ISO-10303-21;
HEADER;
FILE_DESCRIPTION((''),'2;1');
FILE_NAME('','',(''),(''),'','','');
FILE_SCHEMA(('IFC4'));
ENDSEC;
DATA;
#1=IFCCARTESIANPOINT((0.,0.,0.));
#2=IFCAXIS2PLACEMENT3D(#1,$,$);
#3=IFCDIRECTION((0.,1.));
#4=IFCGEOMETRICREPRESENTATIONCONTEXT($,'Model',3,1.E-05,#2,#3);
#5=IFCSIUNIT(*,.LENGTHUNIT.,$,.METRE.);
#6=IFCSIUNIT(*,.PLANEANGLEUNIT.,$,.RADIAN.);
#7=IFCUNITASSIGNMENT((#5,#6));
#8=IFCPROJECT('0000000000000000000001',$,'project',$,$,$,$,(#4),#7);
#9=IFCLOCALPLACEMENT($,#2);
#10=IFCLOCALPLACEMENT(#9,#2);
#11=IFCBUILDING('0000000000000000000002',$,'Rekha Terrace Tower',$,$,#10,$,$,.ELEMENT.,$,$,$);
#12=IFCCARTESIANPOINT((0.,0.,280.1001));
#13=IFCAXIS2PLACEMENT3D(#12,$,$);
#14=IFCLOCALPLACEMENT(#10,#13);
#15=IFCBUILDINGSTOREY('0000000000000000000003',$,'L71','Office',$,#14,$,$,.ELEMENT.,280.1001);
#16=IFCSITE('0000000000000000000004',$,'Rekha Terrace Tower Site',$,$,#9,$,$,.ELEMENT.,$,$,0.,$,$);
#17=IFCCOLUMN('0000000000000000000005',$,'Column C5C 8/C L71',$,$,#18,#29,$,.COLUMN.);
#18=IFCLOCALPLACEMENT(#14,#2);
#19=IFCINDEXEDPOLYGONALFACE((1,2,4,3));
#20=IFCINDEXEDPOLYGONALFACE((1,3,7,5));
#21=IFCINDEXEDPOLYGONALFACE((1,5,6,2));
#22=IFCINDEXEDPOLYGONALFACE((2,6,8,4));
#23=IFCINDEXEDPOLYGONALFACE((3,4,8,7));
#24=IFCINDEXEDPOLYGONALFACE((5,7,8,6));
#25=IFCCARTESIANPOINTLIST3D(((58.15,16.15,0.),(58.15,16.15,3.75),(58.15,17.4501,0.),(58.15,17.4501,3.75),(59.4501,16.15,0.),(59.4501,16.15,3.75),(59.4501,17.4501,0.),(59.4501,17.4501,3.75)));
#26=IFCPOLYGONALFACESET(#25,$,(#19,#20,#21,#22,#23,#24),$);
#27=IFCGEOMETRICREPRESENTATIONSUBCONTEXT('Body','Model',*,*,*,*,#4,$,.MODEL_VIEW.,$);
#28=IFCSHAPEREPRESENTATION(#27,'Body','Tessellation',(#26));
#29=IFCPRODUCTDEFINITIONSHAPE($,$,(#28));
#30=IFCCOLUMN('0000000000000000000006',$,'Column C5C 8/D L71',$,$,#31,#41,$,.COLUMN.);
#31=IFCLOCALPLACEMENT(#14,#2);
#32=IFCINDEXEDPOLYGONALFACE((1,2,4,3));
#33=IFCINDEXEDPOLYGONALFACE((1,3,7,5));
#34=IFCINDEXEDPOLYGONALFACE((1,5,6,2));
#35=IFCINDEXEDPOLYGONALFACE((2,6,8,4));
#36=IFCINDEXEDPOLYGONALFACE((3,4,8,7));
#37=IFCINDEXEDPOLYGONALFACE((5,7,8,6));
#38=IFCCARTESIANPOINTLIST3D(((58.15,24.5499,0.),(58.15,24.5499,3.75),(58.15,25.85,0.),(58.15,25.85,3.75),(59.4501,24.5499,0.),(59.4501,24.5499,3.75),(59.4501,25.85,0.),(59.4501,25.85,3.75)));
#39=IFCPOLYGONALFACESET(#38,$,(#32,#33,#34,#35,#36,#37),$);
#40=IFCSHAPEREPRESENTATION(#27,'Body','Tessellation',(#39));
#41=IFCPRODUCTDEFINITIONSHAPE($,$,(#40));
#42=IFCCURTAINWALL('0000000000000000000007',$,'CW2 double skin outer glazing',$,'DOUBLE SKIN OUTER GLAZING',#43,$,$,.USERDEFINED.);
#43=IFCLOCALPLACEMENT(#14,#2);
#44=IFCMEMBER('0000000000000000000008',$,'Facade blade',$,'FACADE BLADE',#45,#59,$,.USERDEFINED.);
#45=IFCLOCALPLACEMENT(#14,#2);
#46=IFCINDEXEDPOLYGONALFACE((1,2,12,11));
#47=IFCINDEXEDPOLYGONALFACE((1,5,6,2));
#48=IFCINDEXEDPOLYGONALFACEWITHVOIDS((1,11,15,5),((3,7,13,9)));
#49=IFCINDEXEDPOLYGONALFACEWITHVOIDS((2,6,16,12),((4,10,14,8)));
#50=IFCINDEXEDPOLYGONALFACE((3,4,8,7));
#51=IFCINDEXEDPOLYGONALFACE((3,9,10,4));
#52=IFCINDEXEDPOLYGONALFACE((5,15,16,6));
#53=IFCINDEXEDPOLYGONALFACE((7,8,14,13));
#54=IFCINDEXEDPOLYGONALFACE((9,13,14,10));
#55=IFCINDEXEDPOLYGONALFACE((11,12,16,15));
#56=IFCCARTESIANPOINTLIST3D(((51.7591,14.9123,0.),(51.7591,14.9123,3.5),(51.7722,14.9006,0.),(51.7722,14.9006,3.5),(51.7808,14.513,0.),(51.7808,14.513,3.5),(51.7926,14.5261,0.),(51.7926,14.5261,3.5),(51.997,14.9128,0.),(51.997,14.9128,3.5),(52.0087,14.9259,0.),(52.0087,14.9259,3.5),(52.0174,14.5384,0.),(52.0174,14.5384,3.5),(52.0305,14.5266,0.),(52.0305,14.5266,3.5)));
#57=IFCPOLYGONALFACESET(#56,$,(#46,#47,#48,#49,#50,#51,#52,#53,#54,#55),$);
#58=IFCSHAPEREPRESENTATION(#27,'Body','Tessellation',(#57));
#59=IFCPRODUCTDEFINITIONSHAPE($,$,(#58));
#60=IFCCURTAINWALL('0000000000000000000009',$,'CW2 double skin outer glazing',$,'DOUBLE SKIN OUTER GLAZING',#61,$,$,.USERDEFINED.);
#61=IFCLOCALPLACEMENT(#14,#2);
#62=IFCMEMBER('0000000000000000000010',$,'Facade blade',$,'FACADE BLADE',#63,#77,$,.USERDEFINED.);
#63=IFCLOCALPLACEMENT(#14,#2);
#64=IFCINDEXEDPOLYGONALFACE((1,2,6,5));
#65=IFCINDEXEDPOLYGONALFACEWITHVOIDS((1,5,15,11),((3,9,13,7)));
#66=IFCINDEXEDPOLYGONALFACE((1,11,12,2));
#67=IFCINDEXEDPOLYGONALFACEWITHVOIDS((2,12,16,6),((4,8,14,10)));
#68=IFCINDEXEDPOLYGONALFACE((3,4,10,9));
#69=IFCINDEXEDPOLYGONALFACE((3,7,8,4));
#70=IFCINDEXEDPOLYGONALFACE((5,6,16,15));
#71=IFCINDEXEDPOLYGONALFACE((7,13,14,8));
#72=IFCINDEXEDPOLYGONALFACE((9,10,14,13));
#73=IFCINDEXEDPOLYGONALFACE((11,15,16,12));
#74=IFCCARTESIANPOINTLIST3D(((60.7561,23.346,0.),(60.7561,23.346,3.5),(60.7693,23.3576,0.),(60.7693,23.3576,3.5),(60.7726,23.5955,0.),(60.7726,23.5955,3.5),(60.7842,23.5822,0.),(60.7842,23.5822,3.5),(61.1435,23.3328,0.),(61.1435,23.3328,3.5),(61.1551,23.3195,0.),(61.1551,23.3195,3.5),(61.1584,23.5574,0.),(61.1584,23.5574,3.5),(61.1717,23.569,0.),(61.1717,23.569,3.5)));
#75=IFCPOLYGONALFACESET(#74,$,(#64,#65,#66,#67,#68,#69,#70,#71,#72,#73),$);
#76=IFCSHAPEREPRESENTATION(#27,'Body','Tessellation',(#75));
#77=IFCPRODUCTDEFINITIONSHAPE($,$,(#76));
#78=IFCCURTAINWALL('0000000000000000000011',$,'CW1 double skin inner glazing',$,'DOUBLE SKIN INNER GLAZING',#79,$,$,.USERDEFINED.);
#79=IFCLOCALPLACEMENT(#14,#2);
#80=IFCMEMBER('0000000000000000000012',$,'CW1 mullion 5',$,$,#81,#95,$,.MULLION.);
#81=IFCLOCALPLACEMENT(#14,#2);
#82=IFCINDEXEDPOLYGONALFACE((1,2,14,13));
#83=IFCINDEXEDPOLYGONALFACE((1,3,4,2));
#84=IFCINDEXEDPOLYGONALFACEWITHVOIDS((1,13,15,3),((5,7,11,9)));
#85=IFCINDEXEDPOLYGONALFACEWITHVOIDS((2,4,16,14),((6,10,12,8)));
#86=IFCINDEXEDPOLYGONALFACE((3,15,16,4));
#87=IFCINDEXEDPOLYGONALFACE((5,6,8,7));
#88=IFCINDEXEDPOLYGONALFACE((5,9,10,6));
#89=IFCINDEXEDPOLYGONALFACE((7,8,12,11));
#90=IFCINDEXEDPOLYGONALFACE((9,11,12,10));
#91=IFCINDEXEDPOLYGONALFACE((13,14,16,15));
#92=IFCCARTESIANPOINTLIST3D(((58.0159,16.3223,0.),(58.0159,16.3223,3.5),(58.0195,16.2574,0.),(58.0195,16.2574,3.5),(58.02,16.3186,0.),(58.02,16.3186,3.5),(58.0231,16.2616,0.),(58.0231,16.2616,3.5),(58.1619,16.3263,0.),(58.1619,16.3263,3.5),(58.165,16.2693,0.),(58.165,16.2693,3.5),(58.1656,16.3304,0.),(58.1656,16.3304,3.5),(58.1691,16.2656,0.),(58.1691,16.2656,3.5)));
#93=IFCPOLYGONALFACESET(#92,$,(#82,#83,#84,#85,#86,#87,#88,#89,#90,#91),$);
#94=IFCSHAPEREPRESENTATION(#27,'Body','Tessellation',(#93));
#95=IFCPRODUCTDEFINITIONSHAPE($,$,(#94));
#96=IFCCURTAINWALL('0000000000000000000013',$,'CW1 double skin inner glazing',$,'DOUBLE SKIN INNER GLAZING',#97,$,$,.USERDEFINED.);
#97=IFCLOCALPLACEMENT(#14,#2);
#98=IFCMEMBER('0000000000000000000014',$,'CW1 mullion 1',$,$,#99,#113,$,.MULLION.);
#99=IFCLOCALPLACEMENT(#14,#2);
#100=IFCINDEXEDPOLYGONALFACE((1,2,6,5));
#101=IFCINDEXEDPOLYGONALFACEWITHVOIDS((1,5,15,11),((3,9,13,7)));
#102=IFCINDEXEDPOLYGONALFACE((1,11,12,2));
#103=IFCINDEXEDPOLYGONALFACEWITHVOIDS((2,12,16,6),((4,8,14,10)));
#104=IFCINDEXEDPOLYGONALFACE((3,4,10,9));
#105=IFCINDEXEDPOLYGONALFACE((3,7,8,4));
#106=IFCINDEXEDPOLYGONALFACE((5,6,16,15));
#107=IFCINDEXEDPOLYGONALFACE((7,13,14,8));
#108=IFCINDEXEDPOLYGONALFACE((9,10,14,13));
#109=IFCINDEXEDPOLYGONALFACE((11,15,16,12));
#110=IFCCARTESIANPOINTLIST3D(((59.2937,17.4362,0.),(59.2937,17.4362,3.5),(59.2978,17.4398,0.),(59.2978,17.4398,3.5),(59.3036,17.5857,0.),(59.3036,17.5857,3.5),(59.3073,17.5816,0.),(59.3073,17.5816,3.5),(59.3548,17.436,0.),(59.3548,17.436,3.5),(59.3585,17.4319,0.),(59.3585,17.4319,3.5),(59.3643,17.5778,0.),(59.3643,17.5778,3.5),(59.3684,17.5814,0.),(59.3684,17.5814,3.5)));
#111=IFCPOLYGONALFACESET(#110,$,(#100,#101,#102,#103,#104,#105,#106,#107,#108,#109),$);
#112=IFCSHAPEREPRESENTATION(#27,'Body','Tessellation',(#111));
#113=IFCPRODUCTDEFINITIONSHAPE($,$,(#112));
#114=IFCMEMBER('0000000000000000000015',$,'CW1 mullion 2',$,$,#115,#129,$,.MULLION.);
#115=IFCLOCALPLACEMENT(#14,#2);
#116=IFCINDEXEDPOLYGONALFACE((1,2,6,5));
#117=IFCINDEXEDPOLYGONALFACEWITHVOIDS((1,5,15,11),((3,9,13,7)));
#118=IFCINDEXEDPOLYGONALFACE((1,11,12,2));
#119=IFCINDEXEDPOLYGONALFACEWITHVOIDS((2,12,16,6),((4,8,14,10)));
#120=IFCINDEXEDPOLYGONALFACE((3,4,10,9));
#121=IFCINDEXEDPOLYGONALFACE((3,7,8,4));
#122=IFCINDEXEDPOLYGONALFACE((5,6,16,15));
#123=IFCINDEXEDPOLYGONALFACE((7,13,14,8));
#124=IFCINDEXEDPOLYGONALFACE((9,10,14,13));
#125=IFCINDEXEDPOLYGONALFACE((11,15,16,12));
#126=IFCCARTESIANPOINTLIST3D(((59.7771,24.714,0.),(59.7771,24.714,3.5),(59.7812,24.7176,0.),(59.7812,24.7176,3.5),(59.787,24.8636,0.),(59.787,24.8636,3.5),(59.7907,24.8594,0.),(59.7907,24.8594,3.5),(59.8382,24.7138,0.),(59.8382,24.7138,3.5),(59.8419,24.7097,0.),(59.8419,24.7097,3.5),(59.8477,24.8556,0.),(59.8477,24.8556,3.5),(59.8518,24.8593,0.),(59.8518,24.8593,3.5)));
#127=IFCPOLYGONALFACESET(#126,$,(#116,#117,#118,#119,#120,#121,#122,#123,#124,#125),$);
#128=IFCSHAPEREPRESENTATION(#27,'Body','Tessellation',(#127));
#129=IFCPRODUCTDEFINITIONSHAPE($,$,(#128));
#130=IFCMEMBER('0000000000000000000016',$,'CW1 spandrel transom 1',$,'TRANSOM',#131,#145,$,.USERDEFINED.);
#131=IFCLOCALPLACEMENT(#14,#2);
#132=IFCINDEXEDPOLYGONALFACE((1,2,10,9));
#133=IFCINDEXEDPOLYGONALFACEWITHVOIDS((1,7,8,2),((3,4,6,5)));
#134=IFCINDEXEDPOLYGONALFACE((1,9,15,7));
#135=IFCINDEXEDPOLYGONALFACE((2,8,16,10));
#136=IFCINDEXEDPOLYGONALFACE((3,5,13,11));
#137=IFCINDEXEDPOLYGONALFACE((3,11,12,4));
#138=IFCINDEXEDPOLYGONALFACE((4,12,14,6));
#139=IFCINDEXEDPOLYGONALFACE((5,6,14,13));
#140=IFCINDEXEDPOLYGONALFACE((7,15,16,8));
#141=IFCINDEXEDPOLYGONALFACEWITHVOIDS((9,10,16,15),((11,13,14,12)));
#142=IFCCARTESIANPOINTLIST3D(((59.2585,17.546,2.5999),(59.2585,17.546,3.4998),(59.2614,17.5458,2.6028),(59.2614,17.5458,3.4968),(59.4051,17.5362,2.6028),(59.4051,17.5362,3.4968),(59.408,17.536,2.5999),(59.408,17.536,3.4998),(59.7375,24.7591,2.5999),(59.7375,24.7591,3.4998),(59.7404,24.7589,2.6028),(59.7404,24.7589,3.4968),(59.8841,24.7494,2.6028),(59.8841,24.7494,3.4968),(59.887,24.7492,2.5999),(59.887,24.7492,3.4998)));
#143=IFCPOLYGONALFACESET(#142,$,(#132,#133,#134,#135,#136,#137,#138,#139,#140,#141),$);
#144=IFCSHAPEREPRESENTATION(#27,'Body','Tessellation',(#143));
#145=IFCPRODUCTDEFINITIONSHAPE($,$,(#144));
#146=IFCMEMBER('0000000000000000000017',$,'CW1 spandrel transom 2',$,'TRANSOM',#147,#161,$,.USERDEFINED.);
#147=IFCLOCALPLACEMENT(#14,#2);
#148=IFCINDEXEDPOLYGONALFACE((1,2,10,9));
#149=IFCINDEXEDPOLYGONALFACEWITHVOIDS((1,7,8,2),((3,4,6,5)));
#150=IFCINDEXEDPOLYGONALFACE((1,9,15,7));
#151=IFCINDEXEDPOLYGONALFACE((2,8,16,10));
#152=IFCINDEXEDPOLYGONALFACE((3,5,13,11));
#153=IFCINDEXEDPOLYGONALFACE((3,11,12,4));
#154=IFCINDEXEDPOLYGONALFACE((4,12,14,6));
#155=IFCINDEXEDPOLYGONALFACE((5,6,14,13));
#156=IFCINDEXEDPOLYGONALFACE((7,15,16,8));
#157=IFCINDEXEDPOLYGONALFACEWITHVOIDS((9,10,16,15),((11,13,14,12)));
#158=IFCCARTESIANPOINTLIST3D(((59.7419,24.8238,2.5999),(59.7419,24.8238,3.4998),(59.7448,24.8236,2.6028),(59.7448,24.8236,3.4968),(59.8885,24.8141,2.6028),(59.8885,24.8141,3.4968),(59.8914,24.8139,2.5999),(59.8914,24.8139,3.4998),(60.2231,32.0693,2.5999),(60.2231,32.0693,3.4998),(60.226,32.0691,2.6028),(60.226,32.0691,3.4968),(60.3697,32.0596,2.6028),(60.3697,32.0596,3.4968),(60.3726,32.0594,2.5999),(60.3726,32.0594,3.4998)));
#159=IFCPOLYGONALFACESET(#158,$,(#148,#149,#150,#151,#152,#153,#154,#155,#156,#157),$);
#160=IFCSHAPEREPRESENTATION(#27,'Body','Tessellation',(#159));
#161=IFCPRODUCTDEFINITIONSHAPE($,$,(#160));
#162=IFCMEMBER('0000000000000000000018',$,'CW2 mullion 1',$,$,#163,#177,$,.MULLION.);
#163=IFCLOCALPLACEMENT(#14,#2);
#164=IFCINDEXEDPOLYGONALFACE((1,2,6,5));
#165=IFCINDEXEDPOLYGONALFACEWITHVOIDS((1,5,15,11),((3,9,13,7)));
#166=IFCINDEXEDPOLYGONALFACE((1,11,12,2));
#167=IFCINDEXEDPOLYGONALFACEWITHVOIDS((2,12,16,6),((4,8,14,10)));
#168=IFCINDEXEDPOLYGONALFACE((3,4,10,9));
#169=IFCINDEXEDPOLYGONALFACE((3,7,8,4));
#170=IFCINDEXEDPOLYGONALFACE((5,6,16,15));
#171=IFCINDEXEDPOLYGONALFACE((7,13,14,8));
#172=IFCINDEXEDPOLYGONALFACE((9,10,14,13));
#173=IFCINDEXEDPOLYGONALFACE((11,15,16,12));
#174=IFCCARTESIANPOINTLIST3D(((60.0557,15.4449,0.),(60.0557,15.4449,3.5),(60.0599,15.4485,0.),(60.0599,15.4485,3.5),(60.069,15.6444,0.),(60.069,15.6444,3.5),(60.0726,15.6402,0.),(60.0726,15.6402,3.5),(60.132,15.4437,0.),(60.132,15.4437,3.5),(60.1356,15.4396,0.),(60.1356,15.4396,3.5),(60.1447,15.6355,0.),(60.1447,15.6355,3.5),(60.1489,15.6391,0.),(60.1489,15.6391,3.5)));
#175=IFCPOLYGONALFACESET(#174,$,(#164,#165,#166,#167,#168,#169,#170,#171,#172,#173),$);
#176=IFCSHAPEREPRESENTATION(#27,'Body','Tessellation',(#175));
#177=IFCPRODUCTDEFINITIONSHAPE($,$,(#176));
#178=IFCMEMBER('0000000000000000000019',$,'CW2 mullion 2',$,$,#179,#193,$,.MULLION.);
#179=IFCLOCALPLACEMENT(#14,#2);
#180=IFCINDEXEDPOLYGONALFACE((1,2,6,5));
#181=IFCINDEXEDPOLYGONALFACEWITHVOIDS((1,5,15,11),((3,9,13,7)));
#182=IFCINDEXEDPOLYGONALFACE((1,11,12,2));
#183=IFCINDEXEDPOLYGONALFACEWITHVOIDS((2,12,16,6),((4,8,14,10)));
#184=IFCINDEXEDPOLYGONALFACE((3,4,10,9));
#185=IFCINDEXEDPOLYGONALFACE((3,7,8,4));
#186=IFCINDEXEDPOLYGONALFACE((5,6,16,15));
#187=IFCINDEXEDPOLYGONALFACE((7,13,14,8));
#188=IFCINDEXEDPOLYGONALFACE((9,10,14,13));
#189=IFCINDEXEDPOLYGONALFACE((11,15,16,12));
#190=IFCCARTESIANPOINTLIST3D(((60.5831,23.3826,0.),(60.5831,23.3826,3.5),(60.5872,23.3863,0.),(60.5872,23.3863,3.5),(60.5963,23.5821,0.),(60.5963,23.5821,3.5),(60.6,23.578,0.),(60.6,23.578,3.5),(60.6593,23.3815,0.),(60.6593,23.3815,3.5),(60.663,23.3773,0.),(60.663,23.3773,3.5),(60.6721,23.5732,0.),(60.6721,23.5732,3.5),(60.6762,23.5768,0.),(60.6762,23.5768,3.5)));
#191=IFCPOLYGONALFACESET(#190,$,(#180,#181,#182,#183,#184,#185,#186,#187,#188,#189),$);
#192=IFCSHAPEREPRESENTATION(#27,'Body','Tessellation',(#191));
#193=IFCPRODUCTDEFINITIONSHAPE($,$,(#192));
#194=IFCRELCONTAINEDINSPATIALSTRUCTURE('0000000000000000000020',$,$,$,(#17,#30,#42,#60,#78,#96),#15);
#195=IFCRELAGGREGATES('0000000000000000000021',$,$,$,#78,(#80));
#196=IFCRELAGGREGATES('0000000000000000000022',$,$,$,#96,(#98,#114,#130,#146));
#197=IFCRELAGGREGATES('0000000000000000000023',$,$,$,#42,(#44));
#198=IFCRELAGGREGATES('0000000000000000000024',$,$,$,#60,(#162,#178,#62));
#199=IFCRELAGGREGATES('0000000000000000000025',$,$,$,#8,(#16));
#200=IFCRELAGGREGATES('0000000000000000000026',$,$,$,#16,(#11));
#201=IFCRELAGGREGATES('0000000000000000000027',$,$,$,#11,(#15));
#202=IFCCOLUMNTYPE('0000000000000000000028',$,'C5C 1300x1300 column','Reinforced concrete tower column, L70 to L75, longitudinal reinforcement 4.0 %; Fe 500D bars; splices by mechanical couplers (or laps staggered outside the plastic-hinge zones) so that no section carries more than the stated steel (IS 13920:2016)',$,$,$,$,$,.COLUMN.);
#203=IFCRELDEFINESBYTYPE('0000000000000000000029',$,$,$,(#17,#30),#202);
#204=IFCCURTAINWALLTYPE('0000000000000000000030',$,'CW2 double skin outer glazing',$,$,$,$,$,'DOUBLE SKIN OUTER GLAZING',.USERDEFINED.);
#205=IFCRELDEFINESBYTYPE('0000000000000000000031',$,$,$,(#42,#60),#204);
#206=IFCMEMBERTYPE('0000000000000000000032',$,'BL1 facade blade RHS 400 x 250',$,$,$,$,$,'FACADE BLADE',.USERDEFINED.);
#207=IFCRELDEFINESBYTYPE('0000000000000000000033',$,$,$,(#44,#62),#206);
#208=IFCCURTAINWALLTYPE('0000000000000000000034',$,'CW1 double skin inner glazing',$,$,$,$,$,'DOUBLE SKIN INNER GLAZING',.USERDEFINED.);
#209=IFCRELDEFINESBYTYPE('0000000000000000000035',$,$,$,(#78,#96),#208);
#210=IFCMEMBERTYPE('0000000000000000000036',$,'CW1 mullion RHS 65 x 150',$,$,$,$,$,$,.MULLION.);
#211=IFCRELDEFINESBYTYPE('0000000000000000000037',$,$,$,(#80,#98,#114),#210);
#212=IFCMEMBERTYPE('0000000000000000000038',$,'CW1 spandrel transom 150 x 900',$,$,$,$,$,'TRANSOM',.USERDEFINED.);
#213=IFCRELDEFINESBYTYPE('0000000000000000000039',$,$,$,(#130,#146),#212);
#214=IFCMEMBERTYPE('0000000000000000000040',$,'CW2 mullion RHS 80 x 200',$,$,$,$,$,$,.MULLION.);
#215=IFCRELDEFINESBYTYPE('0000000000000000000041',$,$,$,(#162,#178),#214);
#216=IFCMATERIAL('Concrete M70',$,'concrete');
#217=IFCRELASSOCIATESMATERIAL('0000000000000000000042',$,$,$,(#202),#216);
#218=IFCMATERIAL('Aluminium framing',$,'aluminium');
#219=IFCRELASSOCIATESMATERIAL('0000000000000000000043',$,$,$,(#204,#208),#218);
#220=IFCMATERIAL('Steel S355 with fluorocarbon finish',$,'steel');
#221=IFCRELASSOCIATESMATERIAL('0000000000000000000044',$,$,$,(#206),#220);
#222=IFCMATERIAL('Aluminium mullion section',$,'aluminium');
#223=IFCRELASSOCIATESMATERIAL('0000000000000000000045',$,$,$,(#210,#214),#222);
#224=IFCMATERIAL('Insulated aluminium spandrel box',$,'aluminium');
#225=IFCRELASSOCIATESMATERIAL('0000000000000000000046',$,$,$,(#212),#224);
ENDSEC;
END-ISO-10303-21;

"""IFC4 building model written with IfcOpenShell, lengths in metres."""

from ifc_helpers import new_model, si_unit, direction, frame, origin, origin_2d, place, context, subcontext, project, spatial, rectangle, hollow_rectangle, extrude, material, material_profile, profile_set, type_object, element, aggregate, save


model = new_model("IFC4")

# Units and contexts
model_context = context("Model", 3, precision=1e-05, world=origin(), true_north=direction((0.0, 1.0)))
body_context = subcontext(model_context, "Body", "Model", "MODEL_VIEW")
ifc_project = project(units=[si_unit("LENGTHUNIT", "METRE"), si_unit("PLANEANGLEUNIT", "RADIAN")], contexts=[model_context])

# Site, building, storey
site_placement = place(None, origin())
site = spatial("IfcSite", under=ifc_project, at=site_placement, Name="Rekha Terrace Tower Site", CompositionType="ELEMENT", RefElevation=0.0)
building_placement = place(site_placement, origin())
building = spatial("IfcBuilding", under=site, at=building_placement, Name="Rekha Terrace Tower", CompositionType="ELEMENT")
storey_placement = place(building_placement, frame((0.0, 0.0, 280.1001)))
storey = spatial("IfcBuildingStorey", under=building, at=storey_placement, Name="L71", Description="Office", CompositionType="ELEMENT", Elevation=280.1001)

# Columns
ifc_material_1 = material(Name="Concrete M70", Category="concrete")
ifc_material_profile_1 = material_profile(ifc_material_1, rectangle(XDim=1.3, YDim=1.3, at=origin_2d()), Name="RC 1300x1300")
ifc_profile_set_1 = profile_set([ifc_material_profile_1], Name="Concrete M70")
column_type = type_object("IfcColumnType", Name="C5C 1300x1300 column", Description="Reinforced concrete tower column, L70 to L75, longitudinal reinforcement 4.0 %; Fe 500D bars; splices by mechanical couplers (or laps staggered outside the plastic-hinge zones) so that no section carries more than the stated steel (IS 13920:2016)", PredefinedType="COLUMN", material=ifc_profile_set_1)
for number, where, z_axis, x_axis, name in (
    (1, (58.8, 16.8, 0.0), (0.0, 0.0, 1.0), (1.0, 0.0, 0.0), "Column C5C 8/C L71"),
    (2, (58.8, 25.2, 0.0), (0.0, 0.0, 1.0), (1.0, 0.0, 0.0), "Column C5C 8/D L71"),
):
    element("IfcColumn", number, at=place(storey_placement, frame(where, z_axis=z_axis, x_axis=x_axis)), inside=storey, type_object=column_type, Name=name, PredefinedType="COLUMN", context=body_context, shape_type="SweptSolid", body=[
        extrude(rectangle(XDim=1.3, YDim=1.3, at=origin_2d()), origin(), (0.0, 0.0, 1.0), 3.75),
    ])

# Curtain walls, members
ifc_material_2 = material(Name="Aluminium framing", Category="aluminium")
curtain_wall_type_1 = type_object("IfcCurtainWallType", Name="CW2 double skin outer glazing", ElementType="DOUBLE SKIN OUTER GLAZING", PredefinedType="USERDEFINED", material=ifc_material_2)
curtain_wall_1_placement = place(storey_placement, origin())
curtain_wall_1 = element("IfcCurtainWall", 3, at=curtain_wall_1_placement, inside=storey, type_object=curtain_wall_type_1, Name="CW2 double skin outer glazing", ObjectType="DOUBLE SKIN OUTER GLAZING", PredefinedType="USERDEFINED")
ifc_material_3 = material(Name="Steel S355 with fluorocarbon finish", Category="steel")
ifc_material_profile_2 = material_profile(ifc_material_3, hollow_rectangle(XDim=0.25, YDim=0.3999, WallThickness=0.0125, at=origin_2d()), Name="RHS400x250x12.5")
ifc_profile_set_2 = profile_set([ifc_material_profile_2], Name="Steel S355 with fluorocarbon finish")
member_type_1 = type_object("IfcMemberType", Name="BL1 facade blade RHS 400 x 250", ElementType="FACADE BLADE", PredefinedType="USERDEFINED", material=ifc_profile_set_2)
member_1_placement = place(storey_placement, frame((51.8948, 14.7195, 0.0), z_axis=(0.0, 0.0, 1.0), x_axis=(0.99852, 0.054389, 0.0)))
member_1 = element("IfcMember", 4, at=member_1_placement, type_object=member_type_1, Name="Facade blade", ObjectType="FACADE BLADE", PredefinedType="USERDEFINED", context=body_context, shape_type="SweptSolid", body=[
    extrude(hollow_rectangle(XDim=0.25, YDim=0.3999, WallThickness=0.0125, at=origin_2d()), origin(), (0.0, 0.0, 1.0), 3.5),
])
curtain_wall_2_placement = place(storey_placement, origin())
curtain_wall_2 = element("IfcCurtainWall", 5, at=curtain_wall_2_placement, inside=storey, type_object=curtain_wall_type_1, Name="CW2 double skin outer glazing", ObjectType="DOUBLE SKIN OUTER GLAZING", PredefinedType="USERDEFINED")
member_2_placement = place(storey_placement, frame((60.9639, 23.4575, 0.0), z_axis=(0.0, 0.0, 1.0), x_axis=(0.066272, 0.997802, 0.0)))
member_2 = element("IfcMember", 6, at=member_2_placement, type_object=member_type_1, Name="Facade blade", ObjectType="FACADE BLADE", PredefinedType="USERDEFINED", context=body_context, shape_type="SweptSolid", body=[
    extrude(hollow_rectangle(XDim=0.25, YDim=0.3999, WallThickness=0.0125, at=origin_2d()), origin(), (0.0, 0.0, 1.0), 3.5),
])
curtain_wall_type_2 = type_object("IfcCurtainWallType", Name="CW1 double skin inner glazing", ElementType="DOUBLE SKIN INNER GLAZING", PredefinedType="USERDEFINED", material=ifc_material_2)
curtain_wall_3_placement = place(storey_placement, origin())
curtain_wall_3 = element("IfcCurtainWall", 7, at=curtain_wall_3_placement, inside=storey, type_object=curtain_wall_type_2, Name="CW1 double skin inner glazing", ObjectType="DOUBLE SKIN INNER GLAZING", PredefinedType="USERDEFINED")
ifc_material_4 = material(Name="Aluminium mullion section", Category="aluminium")
ifc_material_profile_3 = material_profile(ifc_material_4, hollow_rectangle(XDim=0.0649, YDim=0.1499, WallThickness=0.0039, at=origin_2d()), Name="AL RHS 65x150")
ifc_profile_set_3 = profile_set([ifc_material_profile_3], Name="Aluminium mullion section")
member_type_2 = type_object("IfcMemberType", Name="CW1 mullion RHS 65 x 150", PredefinedType="MULLION", material=ifc_profile_set_3)
member_3_placement = place(storey_placement, frame((58.0925, 16.2939, 0.0), z_axis=(0.0, 0.0, 1.0), x_axis=(-0.054389, 0.99852, 0.0)))
member_3 = element("IfcMember", 8, at=member_3_placement, type_object=member_type_2, Name="CW1 mullion 5", PredefinedType="MULLION", context=body_context, shape_type="SweptSolid", body=[
    extrude(hollow_rectangle(XDim=0.0649, YDim=0.1499, WallThickness=0.0039, at=origin_2d()), origin(), (0.0, 0.0, 1.0), 3.5),
])

# Curtain wall, members
curtain_wall_4_placement = place(storey_placement, origin())
curtain_wall_4 = element("IfcCurtainWall", 9, at=curtain_wall_4_placement, inside=storey, type_object=curtain_wall_type_2, Name="CW1 double skin inner glazing", ObjectType="DOUBLE SKIN INNER GLAZING", PredefinedType="USERDEFINED")
member_4_placement = place(storey_placement, frame((59.3311, 17.5088, 0.0), z_axis=(0.0, 0.0, 1.0), x_axis=(-0.997802, 0.066272, 0.0)))
member_4 = element("IfcMember", 10, at=member_4_placement, type_object=member_type_2, Name="CW1 mullion 1", PredefinedType="MULLION", context=body_context, shape_type="SweptSolid", body=[
    extrude(hollow_rectangle(XDim=0.0649, YDim=0.1499, WallThickness=0.0039, at=origin_2d()), origin(), (0.0, 0.0, 1.0), 3.5),
])
member_5_placement = place(storey_placement, frame((59.8145, 24.7866, 0.0), z_axis=(0.0, 0.0, 1.0), x_axis=(-0.997802, 0.066272, 0.0)))
member_5 = element("IfcMember", 11, at=member_5_placement, type_object=member_type_2, Name="CW1 mullion 2", PredefinedType="MULLION", context=body_context, shape_type="SweptSolid", body=[
    extrude(hollow_rectangle(XDim=0.0649, YDim=0.1499, WallThickness=0.0039, at=origin_2d()), origin(), (0.0, 0.0, 1.0), 3.5),
])
ifc_material_5 = material(Name="Insulated aluminium spandrel box", Category="aluminium")
ifc_material_profile_4 = material_profile(ifc_material_5, hollow_rectangle(XDim=0.1499, YDim=0.8999, WallThickness=0.0029, at=origin_2d()), Name="AL SPANDREL BOX 150x900")
ifc_profile_set_4 = profile_set([ifc_material_profile_4], Name="Insulated aluminium spandrel box")
member_type_3 = type_object("IfcMemberType", Name="CW1 spandrel transom 150 x 900", ElementType="TRANSOM", PredefinedType="USERDEFINED", material=ifc_profile_set_4)
member_6_placement = place(storey_placement, frame((59.3333, 17.541, 3.0498), z_axis=(0.066261, 0.997802, 0.0), x_axis=(-0.997802, 0.066261, 0.0)))
member_6 = element("IfcMember", 12, at=member_6_placement, type_object=member_type_3, Name="CW1 spandrel transom 1", ObjectType="TRANSOM", PredefinedType="USERDEFINED", context=body_context, shape_type="SweptSolid", body=[
    extrude(hollow_rectangle(XDim=0.1499, YDim=0.8999, WallThickness=0.0029, at=origin_2d()), origin(), (0.0, 0.0, 1.0), 7.229),
])
member_7_placement = place(storey_placement, frame((59.8167, 24.8188, 3.0498), z_axis=(0.066267, 0.997802, 0.0), x_axis=(-0.997802, 0.066267, 0.0)))
member_7 = element("IfcMember", 13, at=member_7_placement, type_object=member_type_3, Name="CW1 spandrel transom 2", ObjectType="TRANSOM", PredefinedType="USERDEFINED", context=body_context, shape_type="SweptSolid", body=[
    extrude(hollow_rectangle(XDim=0.1499, YDim=0.8999, WallThickness=0.0029, at=origin_2d()), origin(), (0.0, 0.0, 1.0), 7.2615),
])

# Members
ifc_material_profile_5 = material_profile(ifc_material_4, hollow_rectangle(XDim=0.0801, YDim=0.2, WallThickness=0.0039, at=origin_2d()), Name="AL RHS 80x200")
ifc_profile_set_5 = profile_set([ifc_material_profile_5], Name="Aluminium mullion section")
member_type_4 = type_object("IfcMemberType", Name="CW2 mullion RHS 80 x 200", PredefinedType="MULLION", material=ifc_profile_set_5)
member_8_placement = place(storey_placement, frame((60.1023, 15.542, 0.0), z_axis=(0.0, 0.0, 1.0), x_axis=(-0.997802, 0.066272, 0.0)))
member_8 = element("IfcMember", 14, at=member_8_placement, type_object=member_type_4, Name="CW2 mullion 1", PredefinedType="MULLION", context=body_context, shape_type="SweptSolid", body=[
    extrude(hollow_rectangle(XDim=0.0801, YDim=0.2, WallThickness=0.0039, at=origin_2d()), origin(), (0.0, 0.0, 1.0), 3.5),
])
member_9_placement = place(storey_placement, frame((60.6296, 23.4797, 0.0), z_axis=(0.0, 0.0, 1.0), x_axis=(-0.997802, 0.066272, 0.0)))
member_9 = element("IfcMember", 15, at=member_9_placement, type_object=member_type_4, Name="CW2 mullion 2", PredefinedType="MULLION", context=body_context, shape_type="SweptSolid", body=[
    extrude(hollow_rectangle(XDim=0.0801, YDim=0.2, WallThickness=0.0039, at=origin_2d()), origin(), (0.0, 0.0, 1.0), 3.5),
])

aggregate(curtain_wall_3, [member_3])
aggregate(curtain_wall_4, [member_4, member_5, member_6, member_7])
aggregate(curtain_wall_1, [member_1])
aggregate(curtain_wall_2, [member_8, member_9, member_2])

save(model, "model.ifc")
